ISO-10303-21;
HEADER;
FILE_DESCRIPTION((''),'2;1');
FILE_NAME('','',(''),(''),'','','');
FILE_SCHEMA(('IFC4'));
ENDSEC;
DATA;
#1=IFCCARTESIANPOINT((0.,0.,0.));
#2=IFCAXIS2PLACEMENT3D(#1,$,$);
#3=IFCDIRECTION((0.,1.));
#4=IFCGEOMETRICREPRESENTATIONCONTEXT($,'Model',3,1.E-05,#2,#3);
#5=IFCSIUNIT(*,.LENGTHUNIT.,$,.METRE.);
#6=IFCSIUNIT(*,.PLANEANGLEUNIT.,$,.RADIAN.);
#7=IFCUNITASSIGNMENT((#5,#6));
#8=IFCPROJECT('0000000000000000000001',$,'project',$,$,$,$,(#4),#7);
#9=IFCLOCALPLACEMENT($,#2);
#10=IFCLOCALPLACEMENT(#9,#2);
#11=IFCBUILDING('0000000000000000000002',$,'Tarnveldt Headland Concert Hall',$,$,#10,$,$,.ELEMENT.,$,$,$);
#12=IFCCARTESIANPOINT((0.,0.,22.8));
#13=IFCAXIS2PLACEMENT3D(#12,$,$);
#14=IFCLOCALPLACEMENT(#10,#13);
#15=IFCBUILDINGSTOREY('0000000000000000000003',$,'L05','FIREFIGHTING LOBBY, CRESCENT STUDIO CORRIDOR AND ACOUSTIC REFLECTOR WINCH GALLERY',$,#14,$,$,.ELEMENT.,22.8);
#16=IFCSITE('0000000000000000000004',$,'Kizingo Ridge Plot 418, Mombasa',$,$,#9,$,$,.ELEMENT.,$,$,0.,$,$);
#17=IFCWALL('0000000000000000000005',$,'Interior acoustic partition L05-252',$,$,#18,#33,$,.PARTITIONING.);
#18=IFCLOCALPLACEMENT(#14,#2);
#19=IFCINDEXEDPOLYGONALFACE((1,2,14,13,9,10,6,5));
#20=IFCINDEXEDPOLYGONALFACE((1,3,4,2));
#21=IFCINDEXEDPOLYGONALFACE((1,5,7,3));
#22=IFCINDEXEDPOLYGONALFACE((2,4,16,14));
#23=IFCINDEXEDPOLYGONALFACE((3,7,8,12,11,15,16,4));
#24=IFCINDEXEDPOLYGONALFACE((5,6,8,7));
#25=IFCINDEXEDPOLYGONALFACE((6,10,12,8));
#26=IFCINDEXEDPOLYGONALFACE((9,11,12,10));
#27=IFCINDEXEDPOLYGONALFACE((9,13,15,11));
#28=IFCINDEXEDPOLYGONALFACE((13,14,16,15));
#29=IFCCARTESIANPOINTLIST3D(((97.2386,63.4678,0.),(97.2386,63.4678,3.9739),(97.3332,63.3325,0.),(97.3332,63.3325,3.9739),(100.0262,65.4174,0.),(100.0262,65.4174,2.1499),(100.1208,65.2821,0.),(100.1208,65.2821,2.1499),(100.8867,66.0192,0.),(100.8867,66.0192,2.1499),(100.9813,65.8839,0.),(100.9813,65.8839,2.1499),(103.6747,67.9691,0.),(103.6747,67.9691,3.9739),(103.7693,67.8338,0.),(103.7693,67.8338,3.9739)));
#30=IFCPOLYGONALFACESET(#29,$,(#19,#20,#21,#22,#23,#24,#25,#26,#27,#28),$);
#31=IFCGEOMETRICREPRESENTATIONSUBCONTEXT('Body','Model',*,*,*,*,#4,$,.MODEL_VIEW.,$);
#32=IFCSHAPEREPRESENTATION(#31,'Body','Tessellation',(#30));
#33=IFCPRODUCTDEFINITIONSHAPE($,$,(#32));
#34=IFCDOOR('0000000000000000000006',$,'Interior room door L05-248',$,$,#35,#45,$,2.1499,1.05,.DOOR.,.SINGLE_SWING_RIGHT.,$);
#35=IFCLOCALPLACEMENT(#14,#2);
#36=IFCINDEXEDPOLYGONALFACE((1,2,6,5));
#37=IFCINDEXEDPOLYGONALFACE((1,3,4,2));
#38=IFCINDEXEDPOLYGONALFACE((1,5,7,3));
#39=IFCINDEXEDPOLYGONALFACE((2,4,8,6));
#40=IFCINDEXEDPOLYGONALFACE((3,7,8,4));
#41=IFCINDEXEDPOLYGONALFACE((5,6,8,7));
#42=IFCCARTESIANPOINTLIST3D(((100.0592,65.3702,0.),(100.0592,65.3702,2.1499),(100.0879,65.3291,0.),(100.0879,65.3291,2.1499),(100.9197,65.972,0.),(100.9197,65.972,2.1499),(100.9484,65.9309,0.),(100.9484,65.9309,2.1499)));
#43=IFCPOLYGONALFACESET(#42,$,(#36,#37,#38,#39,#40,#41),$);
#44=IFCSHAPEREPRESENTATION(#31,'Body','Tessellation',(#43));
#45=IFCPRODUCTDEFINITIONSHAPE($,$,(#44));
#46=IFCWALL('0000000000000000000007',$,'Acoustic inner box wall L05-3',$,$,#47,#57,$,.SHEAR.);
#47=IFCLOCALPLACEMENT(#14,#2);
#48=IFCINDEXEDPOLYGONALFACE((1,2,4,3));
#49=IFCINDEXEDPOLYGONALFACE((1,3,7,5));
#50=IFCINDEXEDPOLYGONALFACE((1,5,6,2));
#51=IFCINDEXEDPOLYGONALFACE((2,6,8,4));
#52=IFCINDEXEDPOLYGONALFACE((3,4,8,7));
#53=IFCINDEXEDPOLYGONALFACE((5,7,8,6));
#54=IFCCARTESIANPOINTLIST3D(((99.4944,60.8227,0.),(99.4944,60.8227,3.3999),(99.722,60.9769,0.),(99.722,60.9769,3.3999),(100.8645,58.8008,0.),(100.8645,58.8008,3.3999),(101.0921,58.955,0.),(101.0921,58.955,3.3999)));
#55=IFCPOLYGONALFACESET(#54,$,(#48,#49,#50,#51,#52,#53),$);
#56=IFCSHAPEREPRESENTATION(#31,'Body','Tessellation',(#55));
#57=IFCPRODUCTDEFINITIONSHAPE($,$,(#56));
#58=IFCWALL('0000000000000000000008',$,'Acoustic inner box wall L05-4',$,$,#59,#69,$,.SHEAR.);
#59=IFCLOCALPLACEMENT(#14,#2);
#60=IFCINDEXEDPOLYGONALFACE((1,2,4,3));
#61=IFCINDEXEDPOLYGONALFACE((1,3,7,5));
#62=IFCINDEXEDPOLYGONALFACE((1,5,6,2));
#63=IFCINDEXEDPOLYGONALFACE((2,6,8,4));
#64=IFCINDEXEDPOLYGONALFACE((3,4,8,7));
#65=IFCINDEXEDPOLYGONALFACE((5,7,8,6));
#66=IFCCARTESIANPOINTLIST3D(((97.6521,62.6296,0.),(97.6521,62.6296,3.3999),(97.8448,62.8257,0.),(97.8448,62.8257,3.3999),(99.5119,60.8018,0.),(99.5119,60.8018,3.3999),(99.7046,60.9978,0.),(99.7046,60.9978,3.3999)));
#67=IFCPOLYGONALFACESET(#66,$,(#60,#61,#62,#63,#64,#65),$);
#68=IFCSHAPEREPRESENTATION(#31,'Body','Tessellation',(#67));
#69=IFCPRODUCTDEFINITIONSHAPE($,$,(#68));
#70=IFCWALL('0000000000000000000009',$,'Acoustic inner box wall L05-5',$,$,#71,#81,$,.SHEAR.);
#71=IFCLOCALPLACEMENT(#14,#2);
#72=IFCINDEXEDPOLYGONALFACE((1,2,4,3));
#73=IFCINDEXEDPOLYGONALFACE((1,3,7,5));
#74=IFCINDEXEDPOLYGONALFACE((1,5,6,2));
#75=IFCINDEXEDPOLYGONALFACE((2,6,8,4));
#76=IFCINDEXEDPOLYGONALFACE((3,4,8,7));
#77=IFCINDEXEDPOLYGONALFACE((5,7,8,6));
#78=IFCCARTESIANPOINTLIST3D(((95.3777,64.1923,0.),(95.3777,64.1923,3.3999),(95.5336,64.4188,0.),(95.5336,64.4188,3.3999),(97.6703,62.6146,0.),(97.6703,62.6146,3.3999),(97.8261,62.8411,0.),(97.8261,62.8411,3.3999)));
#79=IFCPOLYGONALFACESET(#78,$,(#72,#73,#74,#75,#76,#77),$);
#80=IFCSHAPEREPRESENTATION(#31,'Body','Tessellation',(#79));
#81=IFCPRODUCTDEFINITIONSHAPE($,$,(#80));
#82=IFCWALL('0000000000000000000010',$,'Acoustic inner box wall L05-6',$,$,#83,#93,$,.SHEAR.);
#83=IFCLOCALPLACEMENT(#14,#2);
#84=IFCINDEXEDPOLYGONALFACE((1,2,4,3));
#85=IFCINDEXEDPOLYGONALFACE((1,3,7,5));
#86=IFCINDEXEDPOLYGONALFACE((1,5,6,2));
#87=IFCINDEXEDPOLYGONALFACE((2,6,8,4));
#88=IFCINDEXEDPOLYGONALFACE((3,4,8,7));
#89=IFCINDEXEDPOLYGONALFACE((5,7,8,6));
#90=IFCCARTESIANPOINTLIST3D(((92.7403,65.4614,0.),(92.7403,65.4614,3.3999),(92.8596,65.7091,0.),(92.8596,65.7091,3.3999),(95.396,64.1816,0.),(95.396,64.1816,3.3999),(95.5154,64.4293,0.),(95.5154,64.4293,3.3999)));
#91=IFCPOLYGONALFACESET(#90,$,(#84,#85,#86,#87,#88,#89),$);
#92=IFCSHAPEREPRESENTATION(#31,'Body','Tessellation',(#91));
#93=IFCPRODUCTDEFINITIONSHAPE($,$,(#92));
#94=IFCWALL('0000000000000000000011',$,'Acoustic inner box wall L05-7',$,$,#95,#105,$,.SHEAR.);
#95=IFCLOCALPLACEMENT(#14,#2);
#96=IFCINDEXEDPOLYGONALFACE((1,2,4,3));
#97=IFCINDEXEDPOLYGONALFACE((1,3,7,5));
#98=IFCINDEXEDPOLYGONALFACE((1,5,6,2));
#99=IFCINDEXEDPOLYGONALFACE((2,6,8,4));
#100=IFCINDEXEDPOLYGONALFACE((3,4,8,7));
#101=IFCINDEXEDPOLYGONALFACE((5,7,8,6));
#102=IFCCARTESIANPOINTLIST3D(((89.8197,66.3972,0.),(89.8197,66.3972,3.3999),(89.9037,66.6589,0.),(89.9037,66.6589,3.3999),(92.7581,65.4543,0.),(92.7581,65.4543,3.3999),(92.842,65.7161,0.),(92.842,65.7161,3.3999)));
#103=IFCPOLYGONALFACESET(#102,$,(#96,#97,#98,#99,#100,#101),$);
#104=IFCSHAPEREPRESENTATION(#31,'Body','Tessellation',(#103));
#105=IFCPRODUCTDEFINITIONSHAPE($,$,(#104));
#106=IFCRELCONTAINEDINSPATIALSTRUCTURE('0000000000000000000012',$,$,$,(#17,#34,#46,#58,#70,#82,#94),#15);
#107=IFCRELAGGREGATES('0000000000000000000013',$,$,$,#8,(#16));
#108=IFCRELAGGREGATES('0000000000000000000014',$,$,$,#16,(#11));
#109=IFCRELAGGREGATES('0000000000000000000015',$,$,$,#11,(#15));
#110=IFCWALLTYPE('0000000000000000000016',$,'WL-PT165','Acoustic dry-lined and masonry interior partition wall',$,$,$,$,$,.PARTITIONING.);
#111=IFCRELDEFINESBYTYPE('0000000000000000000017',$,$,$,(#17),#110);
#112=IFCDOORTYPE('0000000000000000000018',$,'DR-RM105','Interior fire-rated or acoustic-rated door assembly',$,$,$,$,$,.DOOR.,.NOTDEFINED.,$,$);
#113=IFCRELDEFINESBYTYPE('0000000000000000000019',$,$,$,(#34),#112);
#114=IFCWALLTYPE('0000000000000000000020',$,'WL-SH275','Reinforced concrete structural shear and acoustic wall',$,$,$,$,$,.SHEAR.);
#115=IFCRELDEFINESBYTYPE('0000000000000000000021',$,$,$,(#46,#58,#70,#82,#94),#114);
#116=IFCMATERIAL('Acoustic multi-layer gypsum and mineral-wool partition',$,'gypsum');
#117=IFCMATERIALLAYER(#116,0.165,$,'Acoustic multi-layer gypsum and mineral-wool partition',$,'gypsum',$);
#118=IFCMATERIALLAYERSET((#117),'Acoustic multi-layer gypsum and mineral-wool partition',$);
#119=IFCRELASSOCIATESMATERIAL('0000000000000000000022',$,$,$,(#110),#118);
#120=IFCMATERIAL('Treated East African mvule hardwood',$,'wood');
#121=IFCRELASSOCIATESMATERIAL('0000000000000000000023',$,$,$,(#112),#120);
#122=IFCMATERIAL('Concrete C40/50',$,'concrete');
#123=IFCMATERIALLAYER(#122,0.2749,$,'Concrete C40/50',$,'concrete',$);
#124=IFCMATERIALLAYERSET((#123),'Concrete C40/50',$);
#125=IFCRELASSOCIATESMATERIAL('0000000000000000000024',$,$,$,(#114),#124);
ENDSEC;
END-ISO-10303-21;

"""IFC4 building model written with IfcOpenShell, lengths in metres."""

from ifc_helpers import new_model, si_unit, direction, frame, frame_2d, origin, place, context, subcontext, project, spatial, rectangle, extrude, material, layer, layer_set, type_object, element, fill, save


model = new_model("IFC4")

# Units and contexts
model_context = context("Model", 3, precision=1e-05, world=origin(), true_north=direction((0.0, 1.0)))
body_context = subcontext(model_context, "Body", "Model", "MODEL_VIEW")
ifc_project = project(units=[si_unit("LENGTHUNIT", "METRE"), si_unit("PLANEANGLEUNIT", "RADIAN")], contexts=[model_context])

# Site, building, storey
site_placement = place(None, origin())
site = spatial("IfcSite", under=ifc_project, at=site_placement, Name="Kizingo Ridge Plot 418, Mombasa", CompositionType="ELEMENT", RefElevation=0.0)
building_placement = place(site_placement, origin())
building = spatial("IfcBuilding", under=site, at=building_placement, Name="Tarnveldt Headland Concert Hall", CompositionType="ELEMENT")
storey_placement = place(building_placement, frame((0.0, 0.0, 22.8)))
storey = spatial("IfcBuildingStorey", under=building, at=storey_placement, Name="L05", Description="FIREFIGHTING LOBBY, CRESCENT STUDIO CORRIDOR AND ACOUSTIC REFLECTOR WINCH GALLERY", CompositionType="ELEMENT", Elevation=22.8)

# Shared definitions
ifc_material_1 = material(Name="Concrete C40/50", Category="concrete")

# Wall, opening, door
ifc_material_2 = material(Name="Acoustic multi-layer gypsum and mineral-wool partition", Category="gypsum")
ifc_layer_1 = layer(ifc_material_2, 0.165, Name="Acoustic multi-layer gypsum and mineral-wool partition", Category="gypsum")
ifc_layer_set_1 = layer_set([ifc_layer_1], Name="Acoustic multi-layer gypsum and mineral-wool partition")
wall_type_1 = type_object("IfcWallType", Name="WL-PT165", Description="Acoustic dry-lined and masonry interior partition wall", PredefinedType="PARTITIONING", material=ifc_layer_set_1)
ifc_material_3 = material(Name="Treated East African mvule hardwood", Category="wood")
door_type = type_object("IfcDoorType", Name="DR-RM105", Description="Interior fire-rated or acoustic-rated door assembly", OperationType="NOTDEFINED", PredefinedType="DOOR", material=ifc_material_3)
wall_1_placement = place(storey_placement, frame((97.2859, 63.4001, 0.0), z_axis=(0.0, 0.0, 1.0), x_axis=(0.819471, 0.57312, 0.0)))
wall_1 = element("IfcWall", 1, at=wall_1_placement, inside=storey, type_object=wall_type_1, Name="Interior acoustic partition L05-252", PredefinedType="PARTITIONING", context=body_context, shape_type="SweptSolid", body=[
    extrude(rectangle(XDim=7.854, YDim=0.165, at=frame_2d((3.927, 0.0))), origin(), (0.0, 0.0, 1.0), 3.9739),
])
opening_1_placement = place(wall_1_placement, frame((3.4019, 0.0, 0.0)))
opening_1 = element("IfcOpeningElement", 2, at=opening_1_placement, cuts=wall_1, PredefinedType="OPENING", context=body_context, shape_type="SweptSolid", body=[
    extrude(rectangle(XDim=1.05, YDim=2.1499, at=frame_2d((0.5249, 1.075))), frame((0.0, 0.0925, 0.0), z_axis=(0.0, -1.0, 0.0), x_axis=(1.0, 0.0, 0.0)), (0.0, 0.0, 1.0), 0.1851),
])
door_1_placement = place(opening_1_placement, origin())
door_1 = element("IfcDoor", 3, at=door_1_placement, inside=storey, type_object=door_type, Name="Interior room door L05-248", OperationType="SINGLE_SWING_RIGHT", OverallHeight=2.1499, OverallWidth=1.05, PredefinedType="DOOR", context=body_context, shape_type="SweptSolid", body=[
    extrude(rectangle(XDim=1.05, YDim=2.1499, at=frame_2d((0.5249, 1.075))), frame((0.0, 0.0249, 0.0), z_axis=(0.0, -1.0, 0.0), x_axis=(1.0, 0.0, 0.0)), (0.0, 0.0, 1.0), 0.05),
])
fill(opening_1, door_1)

# Walls
ifc_layer_2 = layer(ifc_material_1, 0.2749, Name="Concrete C40/50", Category="concrete")
ifc_layer_set_2 = layer_set([ifc_layer_2], Name="Concrete C40/50")
wall_type_2 = type_object("IfcWallType", Name="WL-SH275", Description="Reinforced concrete structural shear and acoustic wall", PredefinedType="SHEAR", material=ifc_layer_set_2)
wall_2_placement = place(storey_placement, frame((100.9783, 58.8779, 0.0), z_axis=(0.0, 0.0, 1.0), x_axis=(-0.560959, 0.827844, 0.0)))
element("IfcWall", 4, at=wall_2_placement, inside=storey, type_object=wall_type_2, Name="Acoustic inner box wall L05-3", PredefinedType="SHEAR", context=body_context, shape_type="SweptSolid", body=[
    extrude(rectangle(XDim=2.4424, YDim=0.2749, at=frame_2d((1.2212, 0.0))), origin(), (0.0, 0.0, 1.0), 3.3999),
])
wall_3_placement = place(storey_placement, frame((99.6082, 60.8999, 0.0), z_axis=(0.0, 0.0, 1.0), x_axis=(-0.713212, 0.700948, 0.0)))
element("IfcWall", 5, at=wall_3_placement, inside=storey, type_object=wall_type_2, Name="Acoustic inner box wall L05-4", PredefinedType="SHEAR", context=body_context, shape_type="SweptSolid", body=[
    extrude(rectangle(XDim=2.6077, YDim=0.2749, at=frame_2d((1.3037, 0.0))), origin(), (0.0, 0.0, 1.0), 3.3999),
])
wall_4_placement = place(storey_placement, frame((97.7483, 62.7278, 0.0), z_axis=(0.0, 0.0, 1.0), x_axis=(-0.823781, 0.566909, 0.0)))
element("IfcWall", 6, at=wall_4_placement, inside=storey, type_object=wall_type_2, Name="Acoustic inner box wall L05-5", PredefinedType="SHEAR", context=body_context, shape_type="SweptSolid", body=[
    extrude(rectangle(XDim=2.783, YDim=0.2749, at=frame_2d((1.3916, 0.0))), origin(), (0.0, 0.0, 1.0), 3.3999),
])
wall_5_placement = place(storey_placement, frame((95.4558, 64.3054, 0.0), z_axis=(0.0, 0.0, 1.0), x_axis=(-0.900858, 0.434114, 0.0)))
element("IfcWall", 7, at=wall_5_placement, inside=storey, type_object=wall_type_2, Name="Acoustic inner box wall L05-6", PredefinedType="SHEAR", context=body_context, shape_type="SweptSolid", body=[
    extrude(rectangle(XDim=2.948, YDim=0.2749, at=frame_2d((1.4741, 0.0))), origin(), (0.0, 0.0, 1.0), 3.3999),
])
wall_6_placement = place(storey_placement, frame((92.8, 65.5852, 0.0), z_axis=(0.0, 0.0, 1.0), x_axis=(-0.952183, 0.305528, 0.0)))
element("IfcWall", 8, at=wall_6_placement, inside=storey, type_object=wall_type_2, Name="Acoustic inner box wall L05-7", PredefinedType="SHEAR", context=body_context, shape_type="SweptSolid", body=[
    extrude(rectangle(XDim=3.0859, YDim=0.2749, at=frame_2d((1.543, 0.0))), origin(), (0.0, 0.0, 1.0), 3.3999),
])

save(model, "model.ifc")
